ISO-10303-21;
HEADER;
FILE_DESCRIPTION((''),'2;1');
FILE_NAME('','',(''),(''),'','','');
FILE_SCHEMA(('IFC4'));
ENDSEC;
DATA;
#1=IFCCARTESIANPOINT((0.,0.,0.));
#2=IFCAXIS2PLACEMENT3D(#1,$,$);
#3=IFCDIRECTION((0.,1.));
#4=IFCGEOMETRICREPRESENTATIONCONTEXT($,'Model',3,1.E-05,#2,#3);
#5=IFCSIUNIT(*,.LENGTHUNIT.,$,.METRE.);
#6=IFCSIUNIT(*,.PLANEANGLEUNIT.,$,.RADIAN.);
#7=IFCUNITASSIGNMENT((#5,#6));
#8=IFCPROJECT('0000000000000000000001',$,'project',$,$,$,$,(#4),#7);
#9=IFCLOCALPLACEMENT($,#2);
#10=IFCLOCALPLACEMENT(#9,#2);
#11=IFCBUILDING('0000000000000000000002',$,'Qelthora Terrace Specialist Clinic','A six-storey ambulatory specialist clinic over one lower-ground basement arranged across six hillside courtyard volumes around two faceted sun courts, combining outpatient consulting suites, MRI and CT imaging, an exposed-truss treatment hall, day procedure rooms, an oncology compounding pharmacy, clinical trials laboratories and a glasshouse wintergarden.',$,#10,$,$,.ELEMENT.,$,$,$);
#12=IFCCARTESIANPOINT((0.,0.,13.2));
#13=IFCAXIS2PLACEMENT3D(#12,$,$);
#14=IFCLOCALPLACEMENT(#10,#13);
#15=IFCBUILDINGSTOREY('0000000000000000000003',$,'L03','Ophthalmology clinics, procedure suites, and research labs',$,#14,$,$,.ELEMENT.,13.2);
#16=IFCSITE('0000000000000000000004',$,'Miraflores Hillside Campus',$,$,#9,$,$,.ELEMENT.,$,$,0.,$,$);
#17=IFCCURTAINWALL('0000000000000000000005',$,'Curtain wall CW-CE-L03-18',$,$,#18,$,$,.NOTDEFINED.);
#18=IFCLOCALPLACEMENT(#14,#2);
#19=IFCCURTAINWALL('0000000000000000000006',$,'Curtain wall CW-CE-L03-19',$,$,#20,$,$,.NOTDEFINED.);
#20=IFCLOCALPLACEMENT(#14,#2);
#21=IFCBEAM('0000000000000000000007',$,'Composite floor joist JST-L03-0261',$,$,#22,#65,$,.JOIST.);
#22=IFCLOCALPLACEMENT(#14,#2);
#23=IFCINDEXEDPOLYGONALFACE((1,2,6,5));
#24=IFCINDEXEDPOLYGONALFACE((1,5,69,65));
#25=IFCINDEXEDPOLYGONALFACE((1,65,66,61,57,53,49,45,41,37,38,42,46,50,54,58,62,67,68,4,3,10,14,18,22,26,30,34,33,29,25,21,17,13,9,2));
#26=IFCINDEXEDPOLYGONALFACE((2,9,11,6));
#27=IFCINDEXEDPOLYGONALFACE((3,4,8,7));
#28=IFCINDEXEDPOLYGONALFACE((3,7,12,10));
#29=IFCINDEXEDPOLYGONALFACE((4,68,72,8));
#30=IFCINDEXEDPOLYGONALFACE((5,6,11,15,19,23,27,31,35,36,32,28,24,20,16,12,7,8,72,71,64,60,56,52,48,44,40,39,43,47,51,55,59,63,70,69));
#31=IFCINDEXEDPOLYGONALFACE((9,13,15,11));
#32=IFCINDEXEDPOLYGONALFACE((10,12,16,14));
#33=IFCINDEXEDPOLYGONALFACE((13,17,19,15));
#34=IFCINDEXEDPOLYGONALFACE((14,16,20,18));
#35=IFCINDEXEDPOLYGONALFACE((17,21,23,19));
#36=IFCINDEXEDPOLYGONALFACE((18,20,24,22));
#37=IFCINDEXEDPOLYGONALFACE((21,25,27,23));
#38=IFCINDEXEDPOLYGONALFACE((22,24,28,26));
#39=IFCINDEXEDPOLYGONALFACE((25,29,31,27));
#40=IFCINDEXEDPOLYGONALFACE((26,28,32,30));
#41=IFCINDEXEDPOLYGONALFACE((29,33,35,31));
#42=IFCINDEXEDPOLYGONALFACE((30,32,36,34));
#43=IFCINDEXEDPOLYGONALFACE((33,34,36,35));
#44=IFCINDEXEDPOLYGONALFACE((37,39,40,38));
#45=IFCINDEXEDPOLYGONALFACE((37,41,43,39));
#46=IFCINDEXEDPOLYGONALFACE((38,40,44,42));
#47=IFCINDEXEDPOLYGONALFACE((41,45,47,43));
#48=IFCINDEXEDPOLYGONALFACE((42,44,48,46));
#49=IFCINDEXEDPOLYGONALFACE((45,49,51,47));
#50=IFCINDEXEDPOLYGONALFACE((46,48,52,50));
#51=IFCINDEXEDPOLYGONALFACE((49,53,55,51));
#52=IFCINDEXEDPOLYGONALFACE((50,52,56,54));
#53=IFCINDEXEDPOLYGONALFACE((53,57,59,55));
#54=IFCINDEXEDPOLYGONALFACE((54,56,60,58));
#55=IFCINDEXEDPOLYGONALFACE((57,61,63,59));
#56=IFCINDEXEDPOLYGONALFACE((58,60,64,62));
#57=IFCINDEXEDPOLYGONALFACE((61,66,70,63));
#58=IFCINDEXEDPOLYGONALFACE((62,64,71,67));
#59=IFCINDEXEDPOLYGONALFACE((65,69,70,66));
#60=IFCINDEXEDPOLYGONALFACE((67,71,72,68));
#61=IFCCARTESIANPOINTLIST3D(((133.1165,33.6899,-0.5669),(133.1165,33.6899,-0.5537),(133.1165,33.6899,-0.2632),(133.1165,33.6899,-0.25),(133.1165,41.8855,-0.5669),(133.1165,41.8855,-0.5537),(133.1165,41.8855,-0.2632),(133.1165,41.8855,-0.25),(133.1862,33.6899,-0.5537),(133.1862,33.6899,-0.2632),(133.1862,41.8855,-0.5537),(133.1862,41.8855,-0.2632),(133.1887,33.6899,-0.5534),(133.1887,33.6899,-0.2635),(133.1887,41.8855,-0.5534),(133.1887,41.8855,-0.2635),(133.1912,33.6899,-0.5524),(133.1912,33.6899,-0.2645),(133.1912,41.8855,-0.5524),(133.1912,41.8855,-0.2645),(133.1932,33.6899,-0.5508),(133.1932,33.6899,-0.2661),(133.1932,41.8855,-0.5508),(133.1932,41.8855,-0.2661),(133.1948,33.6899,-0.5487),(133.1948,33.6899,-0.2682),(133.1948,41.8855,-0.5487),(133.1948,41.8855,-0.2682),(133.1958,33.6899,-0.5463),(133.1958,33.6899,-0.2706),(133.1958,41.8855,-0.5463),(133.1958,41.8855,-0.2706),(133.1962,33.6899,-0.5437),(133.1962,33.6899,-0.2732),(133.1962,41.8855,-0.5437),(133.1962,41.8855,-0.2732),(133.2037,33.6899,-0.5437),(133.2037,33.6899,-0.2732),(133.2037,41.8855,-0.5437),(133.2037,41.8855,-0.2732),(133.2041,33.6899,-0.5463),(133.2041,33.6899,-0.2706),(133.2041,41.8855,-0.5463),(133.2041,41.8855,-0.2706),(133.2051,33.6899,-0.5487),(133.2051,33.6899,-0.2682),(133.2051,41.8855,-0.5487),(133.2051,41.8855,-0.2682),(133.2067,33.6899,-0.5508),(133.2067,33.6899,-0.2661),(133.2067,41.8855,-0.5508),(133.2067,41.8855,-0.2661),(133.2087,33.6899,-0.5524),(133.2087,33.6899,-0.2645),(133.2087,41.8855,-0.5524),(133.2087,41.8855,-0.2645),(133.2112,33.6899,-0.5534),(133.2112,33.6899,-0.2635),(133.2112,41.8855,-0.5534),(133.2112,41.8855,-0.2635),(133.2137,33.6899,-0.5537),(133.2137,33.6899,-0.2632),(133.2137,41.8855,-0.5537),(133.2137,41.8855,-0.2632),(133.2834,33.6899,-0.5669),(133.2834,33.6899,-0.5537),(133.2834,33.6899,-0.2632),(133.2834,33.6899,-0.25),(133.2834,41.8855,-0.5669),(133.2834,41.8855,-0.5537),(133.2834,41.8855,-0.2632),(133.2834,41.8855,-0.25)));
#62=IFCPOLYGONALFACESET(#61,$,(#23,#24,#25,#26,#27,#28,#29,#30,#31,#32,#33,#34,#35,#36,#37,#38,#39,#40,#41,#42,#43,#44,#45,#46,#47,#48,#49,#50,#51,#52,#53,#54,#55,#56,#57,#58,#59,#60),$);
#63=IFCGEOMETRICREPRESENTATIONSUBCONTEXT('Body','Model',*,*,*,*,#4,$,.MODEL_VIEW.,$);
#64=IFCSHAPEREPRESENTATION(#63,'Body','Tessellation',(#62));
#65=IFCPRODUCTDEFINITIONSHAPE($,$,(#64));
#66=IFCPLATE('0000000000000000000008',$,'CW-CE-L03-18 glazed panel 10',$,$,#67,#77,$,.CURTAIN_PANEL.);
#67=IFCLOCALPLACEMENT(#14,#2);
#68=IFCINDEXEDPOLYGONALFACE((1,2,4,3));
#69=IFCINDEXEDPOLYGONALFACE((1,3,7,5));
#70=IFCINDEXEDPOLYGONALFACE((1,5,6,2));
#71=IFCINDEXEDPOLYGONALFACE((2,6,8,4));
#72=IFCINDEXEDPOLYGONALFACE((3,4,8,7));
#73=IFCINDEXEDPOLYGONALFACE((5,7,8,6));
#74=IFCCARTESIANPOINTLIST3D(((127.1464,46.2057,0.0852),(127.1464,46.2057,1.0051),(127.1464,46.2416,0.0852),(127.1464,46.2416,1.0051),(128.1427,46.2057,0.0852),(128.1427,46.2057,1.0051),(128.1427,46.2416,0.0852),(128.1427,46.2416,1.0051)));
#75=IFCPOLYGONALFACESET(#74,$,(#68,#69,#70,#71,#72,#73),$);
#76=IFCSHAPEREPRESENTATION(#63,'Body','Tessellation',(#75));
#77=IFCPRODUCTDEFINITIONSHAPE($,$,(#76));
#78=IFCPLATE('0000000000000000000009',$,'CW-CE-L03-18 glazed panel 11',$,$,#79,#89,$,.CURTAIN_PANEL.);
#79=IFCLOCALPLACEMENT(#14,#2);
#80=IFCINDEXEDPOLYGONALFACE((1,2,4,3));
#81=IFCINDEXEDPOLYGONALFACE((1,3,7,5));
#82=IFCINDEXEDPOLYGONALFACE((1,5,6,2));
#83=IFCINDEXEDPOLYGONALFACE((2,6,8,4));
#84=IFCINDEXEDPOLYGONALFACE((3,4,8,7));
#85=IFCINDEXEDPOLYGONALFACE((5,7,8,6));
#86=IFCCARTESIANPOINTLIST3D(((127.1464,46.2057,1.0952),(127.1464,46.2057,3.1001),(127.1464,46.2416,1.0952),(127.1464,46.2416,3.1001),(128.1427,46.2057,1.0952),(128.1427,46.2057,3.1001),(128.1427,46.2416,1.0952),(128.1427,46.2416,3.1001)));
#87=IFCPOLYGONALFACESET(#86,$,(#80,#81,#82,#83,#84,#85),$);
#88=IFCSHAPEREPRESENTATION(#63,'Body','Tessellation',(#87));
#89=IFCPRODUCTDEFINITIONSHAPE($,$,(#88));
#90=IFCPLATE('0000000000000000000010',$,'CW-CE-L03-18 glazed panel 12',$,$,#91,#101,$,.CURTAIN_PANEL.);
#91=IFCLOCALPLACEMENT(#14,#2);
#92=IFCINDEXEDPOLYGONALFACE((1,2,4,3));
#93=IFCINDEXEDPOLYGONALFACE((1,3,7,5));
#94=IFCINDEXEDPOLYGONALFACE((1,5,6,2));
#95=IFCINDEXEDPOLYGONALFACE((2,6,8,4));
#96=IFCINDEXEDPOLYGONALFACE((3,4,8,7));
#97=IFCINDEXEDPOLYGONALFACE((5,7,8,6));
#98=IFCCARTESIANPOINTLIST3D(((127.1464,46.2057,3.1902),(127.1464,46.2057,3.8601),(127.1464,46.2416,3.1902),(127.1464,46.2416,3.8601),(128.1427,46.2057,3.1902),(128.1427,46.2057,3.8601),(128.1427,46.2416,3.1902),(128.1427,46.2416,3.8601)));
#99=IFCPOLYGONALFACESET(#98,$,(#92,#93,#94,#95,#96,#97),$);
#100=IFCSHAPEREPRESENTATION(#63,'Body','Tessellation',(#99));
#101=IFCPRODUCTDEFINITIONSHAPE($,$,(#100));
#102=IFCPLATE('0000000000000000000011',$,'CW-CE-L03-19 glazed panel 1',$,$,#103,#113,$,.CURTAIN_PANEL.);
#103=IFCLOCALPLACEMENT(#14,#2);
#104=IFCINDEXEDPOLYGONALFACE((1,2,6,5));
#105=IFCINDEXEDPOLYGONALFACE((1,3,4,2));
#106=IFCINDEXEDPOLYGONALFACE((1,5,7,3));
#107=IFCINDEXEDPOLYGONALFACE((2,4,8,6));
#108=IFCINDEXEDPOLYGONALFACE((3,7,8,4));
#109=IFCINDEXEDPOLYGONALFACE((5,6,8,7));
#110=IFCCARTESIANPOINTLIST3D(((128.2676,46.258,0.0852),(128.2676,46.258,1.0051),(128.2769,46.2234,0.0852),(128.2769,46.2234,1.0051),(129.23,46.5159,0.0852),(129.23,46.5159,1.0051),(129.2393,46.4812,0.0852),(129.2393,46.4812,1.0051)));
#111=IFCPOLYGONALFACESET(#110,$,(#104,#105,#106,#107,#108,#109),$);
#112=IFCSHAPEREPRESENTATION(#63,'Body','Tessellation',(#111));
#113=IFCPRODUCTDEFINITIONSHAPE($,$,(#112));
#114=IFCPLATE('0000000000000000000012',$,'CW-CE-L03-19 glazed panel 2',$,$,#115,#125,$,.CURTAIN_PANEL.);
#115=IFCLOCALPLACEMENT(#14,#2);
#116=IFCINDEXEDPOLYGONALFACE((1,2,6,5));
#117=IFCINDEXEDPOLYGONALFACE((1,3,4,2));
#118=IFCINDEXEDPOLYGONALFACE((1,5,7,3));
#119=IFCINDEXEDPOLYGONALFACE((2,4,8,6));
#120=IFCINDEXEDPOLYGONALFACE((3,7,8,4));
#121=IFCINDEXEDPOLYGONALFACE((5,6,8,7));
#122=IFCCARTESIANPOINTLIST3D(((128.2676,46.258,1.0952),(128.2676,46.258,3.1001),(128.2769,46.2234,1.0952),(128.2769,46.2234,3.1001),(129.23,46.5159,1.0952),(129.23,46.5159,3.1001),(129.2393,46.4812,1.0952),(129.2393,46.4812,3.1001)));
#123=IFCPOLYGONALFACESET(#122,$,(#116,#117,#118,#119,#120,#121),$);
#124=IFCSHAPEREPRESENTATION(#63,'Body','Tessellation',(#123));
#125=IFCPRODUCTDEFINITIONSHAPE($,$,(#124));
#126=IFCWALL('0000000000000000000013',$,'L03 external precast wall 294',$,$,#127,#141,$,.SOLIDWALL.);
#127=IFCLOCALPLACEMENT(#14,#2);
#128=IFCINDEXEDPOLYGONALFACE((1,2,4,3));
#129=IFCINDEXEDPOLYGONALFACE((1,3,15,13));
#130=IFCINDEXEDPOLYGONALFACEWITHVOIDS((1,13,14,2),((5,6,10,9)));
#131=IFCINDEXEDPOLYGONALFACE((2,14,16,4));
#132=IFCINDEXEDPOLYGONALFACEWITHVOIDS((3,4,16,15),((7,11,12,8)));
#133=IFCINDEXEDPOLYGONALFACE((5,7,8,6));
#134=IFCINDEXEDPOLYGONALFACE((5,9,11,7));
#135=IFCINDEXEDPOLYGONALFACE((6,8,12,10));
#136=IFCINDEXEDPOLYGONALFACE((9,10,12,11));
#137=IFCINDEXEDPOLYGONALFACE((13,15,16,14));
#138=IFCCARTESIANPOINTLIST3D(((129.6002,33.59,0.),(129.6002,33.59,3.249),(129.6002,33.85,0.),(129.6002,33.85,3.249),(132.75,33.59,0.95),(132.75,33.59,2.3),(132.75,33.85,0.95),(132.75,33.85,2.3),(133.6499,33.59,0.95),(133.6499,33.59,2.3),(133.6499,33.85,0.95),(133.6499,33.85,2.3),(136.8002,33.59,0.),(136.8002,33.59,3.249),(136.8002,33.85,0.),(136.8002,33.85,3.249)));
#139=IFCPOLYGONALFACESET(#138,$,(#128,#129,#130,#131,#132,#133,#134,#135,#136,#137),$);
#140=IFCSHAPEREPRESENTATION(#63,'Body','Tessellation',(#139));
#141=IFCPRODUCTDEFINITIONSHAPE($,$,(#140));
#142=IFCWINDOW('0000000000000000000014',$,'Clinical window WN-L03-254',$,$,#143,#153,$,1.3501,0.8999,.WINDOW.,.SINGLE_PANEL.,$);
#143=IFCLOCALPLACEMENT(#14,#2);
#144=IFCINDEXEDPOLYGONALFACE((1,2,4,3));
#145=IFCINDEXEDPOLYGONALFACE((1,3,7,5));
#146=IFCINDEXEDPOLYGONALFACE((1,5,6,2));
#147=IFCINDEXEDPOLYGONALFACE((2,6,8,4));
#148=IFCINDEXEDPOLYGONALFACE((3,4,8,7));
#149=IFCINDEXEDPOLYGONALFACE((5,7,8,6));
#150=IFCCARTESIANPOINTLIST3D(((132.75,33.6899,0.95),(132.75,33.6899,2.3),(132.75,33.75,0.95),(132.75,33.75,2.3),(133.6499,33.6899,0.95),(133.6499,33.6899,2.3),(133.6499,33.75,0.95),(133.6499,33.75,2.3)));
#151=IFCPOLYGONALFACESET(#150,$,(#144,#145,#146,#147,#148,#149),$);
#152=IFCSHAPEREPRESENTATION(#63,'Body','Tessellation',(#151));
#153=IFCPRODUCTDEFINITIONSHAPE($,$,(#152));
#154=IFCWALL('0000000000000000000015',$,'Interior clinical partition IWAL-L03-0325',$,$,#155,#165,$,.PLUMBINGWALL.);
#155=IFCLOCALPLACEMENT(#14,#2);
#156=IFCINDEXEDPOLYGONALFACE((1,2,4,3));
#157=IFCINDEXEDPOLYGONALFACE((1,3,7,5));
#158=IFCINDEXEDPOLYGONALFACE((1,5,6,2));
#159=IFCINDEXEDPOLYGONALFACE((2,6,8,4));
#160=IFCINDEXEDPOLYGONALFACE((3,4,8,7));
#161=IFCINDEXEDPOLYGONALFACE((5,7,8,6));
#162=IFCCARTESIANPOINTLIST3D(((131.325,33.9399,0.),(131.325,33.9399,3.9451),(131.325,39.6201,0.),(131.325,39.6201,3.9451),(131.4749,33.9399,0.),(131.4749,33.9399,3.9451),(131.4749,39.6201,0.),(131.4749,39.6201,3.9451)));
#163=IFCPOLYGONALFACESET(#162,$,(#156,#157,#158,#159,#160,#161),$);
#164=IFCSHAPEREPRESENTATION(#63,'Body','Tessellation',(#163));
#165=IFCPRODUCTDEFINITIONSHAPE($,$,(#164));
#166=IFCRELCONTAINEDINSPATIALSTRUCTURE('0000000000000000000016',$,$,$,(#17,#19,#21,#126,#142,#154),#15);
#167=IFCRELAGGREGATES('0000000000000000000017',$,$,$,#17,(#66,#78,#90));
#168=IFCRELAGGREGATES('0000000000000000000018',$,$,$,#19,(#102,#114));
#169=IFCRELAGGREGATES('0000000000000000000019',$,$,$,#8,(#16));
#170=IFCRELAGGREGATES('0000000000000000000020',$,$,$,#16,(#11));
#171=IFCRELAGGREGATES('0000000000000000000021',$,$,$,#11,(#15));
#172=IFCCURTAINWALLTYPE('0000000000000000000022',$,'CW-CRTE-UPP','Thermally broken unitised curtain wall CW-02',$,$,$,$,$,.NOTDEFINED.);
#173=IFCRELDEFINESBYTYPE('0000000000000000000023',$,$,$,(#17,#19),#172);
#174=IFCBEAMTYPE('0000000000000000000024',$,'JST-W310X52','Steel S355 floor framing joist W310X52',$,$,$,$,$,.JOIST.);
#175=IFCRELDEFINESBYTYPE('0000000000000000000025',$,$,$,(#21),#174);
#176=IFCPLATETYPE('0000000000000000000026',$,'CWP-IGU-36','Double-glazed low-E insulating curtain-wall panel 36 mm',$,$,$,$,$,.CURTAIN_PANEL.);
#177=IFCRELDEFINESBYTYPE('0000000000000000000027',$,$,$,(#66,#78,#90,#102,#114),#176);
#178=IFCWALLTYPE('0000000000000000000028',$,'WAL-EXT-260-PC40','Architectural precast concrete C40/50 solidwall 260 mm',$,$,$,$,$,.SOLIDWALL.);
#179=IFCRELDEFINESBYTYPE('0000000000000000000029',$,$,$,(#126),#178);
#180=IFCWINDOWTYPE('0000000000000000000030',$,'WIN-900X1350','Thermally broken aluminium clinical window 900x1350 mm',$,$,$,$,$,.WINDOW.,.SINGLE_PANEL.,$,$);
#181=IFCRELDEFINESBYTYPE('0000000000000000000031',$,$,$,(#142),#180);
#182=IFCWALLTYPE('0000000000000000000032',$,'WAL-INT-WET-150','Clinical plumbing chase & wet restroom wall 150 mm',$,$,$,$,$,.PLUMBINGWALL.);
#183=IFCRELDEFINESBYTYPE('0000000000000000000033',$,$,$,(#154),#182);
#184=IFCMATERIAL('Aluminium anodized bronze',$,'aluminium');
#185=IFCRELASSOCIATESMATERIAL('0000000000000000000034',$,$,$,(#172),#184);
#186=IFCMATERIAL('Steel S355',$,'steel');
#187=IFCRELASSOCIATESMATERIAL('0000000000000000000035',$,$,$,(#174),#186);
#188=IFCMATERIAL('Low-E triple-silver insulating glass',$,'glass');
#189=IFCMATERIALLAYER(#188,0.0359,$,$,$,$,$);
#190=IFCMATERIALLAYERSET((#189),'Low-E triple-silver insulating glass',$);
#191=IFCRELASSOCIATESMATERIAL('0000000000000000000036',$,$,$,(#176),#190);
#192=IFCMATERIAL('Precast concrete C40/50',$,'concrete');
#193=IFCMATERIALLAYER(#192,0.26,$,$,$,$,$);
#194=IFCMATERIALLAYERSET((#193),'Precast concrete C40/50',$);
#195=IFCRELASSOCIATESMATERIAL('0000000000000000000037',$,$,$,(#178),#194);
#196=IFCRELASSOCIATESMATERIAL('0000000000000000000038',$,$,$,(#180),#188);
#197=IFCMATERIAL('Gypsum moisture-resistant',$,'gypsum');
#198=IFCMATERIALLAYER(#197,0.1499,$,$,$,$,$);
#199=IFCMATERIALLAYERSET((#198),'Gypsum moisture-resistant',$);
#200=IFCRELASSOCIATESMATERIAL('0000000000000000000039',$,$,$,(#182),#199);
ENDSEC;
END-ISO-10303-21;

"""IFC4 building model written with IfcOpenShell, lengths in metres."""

from ifc_helpers import new_model, si_unit, direction, frame, frame_2d, origin, origin_2d, place, context, subcontext, project, spatial, rectangle, i_section, extrude, material, layer, layer_set, material_profile, profile_set, type_object, element, fill, aggregate, save


model = new_model("IFC4")

# Units and contexts
model_context = context("Model", 3, precision=1e-05, world=origin(), true_north=direction((0.0, 1.0)))
body_context = subcontext(model_context, "Body", "Model", "MODEL_VIEW")
ifc_project = project(units=[si_unit("LENGTHUNIT", "METRE"), si_unit("PLANEANGLEUNIT", "RADIAN")], contexts=[model_context])

# Site, building, storey
site_placement = place(None, origin())
site = spatial("IfcSite", under=ifc_project, at=site_placement, Name="Miraflores Hillside Campus", CompositionType="ELEMENT", RefElevation=0.0)
building_placement = place(site_placement, origin())
building = spatial("IfcBuilding", under=site, at=building_placement, Name="Qelthora Terrace Specialist Clinic", Description="A six-storey ambulatory specialist clinic over one lower-ground basement arranged across six hillside courtyard volumes around two faceted sun courts, combining outpatient consulting suites, MRI and CT imaging, an exposed-truss treatment hall, day procedure rooms, an oncology compounding pharmacy, clinical trials laboratories and a glasshouse wintergarden.", CompositionType="ELEMENT")
storey_placement = place(building_placement, frame((0.0, 0.0, 13.2)))
storey = spatial("IfcBuildingStorey", under=building, at=storey_placement, Name="L03", Description="Ophthalmology clinics, procedure suites, and research labs", CompositionType="ELEMENT", Elevation=13.2)

# Shared definitions
ifc_material_1 = material(Name="Steel S355", Category="steel")

# Curtain wall
ifc_material_2 = material(Name="Aluminium anodized bronze", Category="aluminium")
curtain_wall_type = type_object("IfcCurtainWallType", Name="CW-CRTE-UPP", Description="Thermally broken unitised curtain wall CW-02", PredefinedType="NOTDEFINED", material=ifc_material_2)
curtain_wall_1_placement = place(storey_placement, origin())
curtain_wall_1 = element("IfcCurtainWall", 1, at=curtain_wall_1_placement, inside=storey, type_object=curtain_wall_type, Name="Curtain wall CW-CE-L03-18", PredefinedType="NOTDEFINED")

# Curtain wall
curtain_wall_2_placement = place(storey_placement, origin())
curtain_wall_2 = element("IfcCurtainWall", 2, at=curtain_wall_2_placement, inside=storey, type_object=curtain_wall_type, Name="Curtain wall CW-CE-L03-19", PredefinedType="NOTDEFINED")

# Beam
ifc_material_profile_1 = material_profile(ifc_material_1, i_section(OverallWidth=0.167, OverallDepth=0.3169, WebThickness=0.0076, FlangeThickness=0.0132, FilletRadius=0.01, at=origin_2d()), Name="W310X52")
ifc_profile_set_1 = profile_set([ifc_material_profile_1], Name="Steel S355")
beam_type_1 = type_object("IfcBeamType", Name="JST-W310X52", Description="Steel S355 floor framing joist W310X52", PredefinedType="JOIST", material=ifc_profile_set_1)
beam_1_placement = place(storey_placement, frame((133.2, 33.6899, -0.4084), z_axis=(0.0, 1.0, 0.0), x_axis=(-1.0, 0.0, 0.0)))
element("IfcBeam", 3, at=beam_1_placement, inside=storey, type_object=beam_type_1, Name="Composite floor joist JST-L03-0261", PredefinedType="JOIST", context=body_context, shape_type="SweptSolid", body=[
    extrude(i_section(OverallWidth=0.167, OverallDepth=0.3169, WebThickness=0.0076, FlangeThickness=0.0132, FilletRadius=0.01, at=origin_2d()), origin(), (0.0, 0.0, 1.0), 8.1956),
])

# Plates
ifc_material_3 = material(Name="Low-E triple-silver insulating glass", Category="glass")
ifc_layer_1 = layer(ifc_material_3, 0.0359)
ifc_layer_set_1 = layer_set([ifc_layer_1], Name="Low-E triple-silver insulating glass")
plate_type = type_object("IfcPlateType", Name="CWP-IGU-36", Description="Double-glazed low-E insulating curtain-wall panel 36 mm", PredefinedType="CURTAIN_PANEL", material=ifc_layer_set_1)
plate_1_placement = place(storey_placement, frame((127.6445, 46.2236, 0.0852), z_axis=(0.0, 0.0, 1.0), x_axis=(1.0, 0.0, 0.0)))
plate_1 = element("IfcPlate", 4, at=plate_1_placement, type_object=plate_type, Name="CW-CE-L03-18 glazed panel 10", PredefinedType="CURTAIN_PANEL", context=body_context, shape_type="SweptSolid", body=[
    extrude(rectangle(XDim=0.9963, YDim=0.0359, at=origin_2d()), origin(), (0.0, 0.0, 1.0), 0.9199),
])
plate_2_placement = place(storey_placement, frame((127.6445, 46.2236, 1.0952), z_axis=(0.0, 0.0, 1.0), x_axis=(1.0, 0.0, 0.0)))
plate_2 = element("IfcPlate", 5, at=plate_2_placement, type_object=plate_type, Name="CW-CE-L03-18 glazed panel 11", PredefinedType="CURTAIN_PANEL", context=body_context, shape_type="SweptSolid", body=[
    extrude(rectangle(XDim=0.9963, YDim=0.0359, at=origin_2d()), origin(), (0.0, 0.0, 1.0), 2.0049),
])
plate_3_placement = place(storey_placement, frame((127.6445, 46.2236, 3.1902), z_axis=(0.0, 0.0, 1.0), x_axis=(1.0, 0.0, 0.0)))
plate_3 = element("IfcPlate", 6, at=plate_3_placement, type_object=plate_type, Name="CW-CE-L03-18 glazed panel 12", PredefinedType="CURTAIN_PANEL", context=body_context, shape_type="SweptSolid", body=[
    extrude(rectangle(XDim=0.9963, YDim=0.0359, at=origin_2d()), origin(), (0.0, 0.0, 1.0), 0.6699),
])
aggregate(curtain_wall_1, [plate_1, plate_2, plate_3])
plate_4_placement = place(storey_placement, frame((128.7534, 46.3696, 0.0852), z_axis=(0.0, 0.0, 1.0), x_axis=(0.965926, 0.258819, 0.0)))
plate_4 = element("IfcPlate", 7, at=plate_4_placement, type_object=plate_type, Name="CW-CE-L03-19 glazed panel 1", PredefinedType="CURTAIN_PANEL", context=body_context, shape_type="SweptSolid", body=[
    extrude(rectangle(XDim=0.9963, YDim=0.0359, at=origin_2d()), origin(), (0.0, 0.0, 1.0), 0.9199),
])
plate_5_placement = place(storey_placement, frame((128.7534, 46.3696, 1.0952), z_axis=(0.0, 0.0, 1.0), x_axis=(0.965926, 0.258819, 0.0)))
plate_5 = element("IfcPlate", 8, at=plate_5_placement, type_object=plate_type, Name="CW-CE-L03-19 glazed panel 2", PredefinedType="CURTAIN_PANEL", context=body_context, shape_type="SweptSolid", body=[
    extrude(rectangle(XDim=0.9963, YDim=0.0359, at=origin_2d()), origin(), (0.0, 0.0, 1.0), 2.0049),
])
aggregate(curtain_wall_2, [plate_4, plate_5])

# Wall, opening, window
ifc_material_4 = material(Name="Precast concrete C40/50", Category="concrete")
ifc_layer_2 = layer(ifc_material_4, 0.26)
ifc_layer_set_2 = layer_set([ifc_layer_2], Name="Precast concrete C40/50")
wall_type_1 = type_object("IfcWallType", Name="WAL-EXT-260-PC40", Description="Architectural precast concrete C40/50 solidwall 260 mm", PredefinedType="SOLIDWALL", material=ifc_layer_set_2)
wall_1_placement = place(storey_placement, frame((129.6001, 33.72, 0.0), z_axis=(0.0, 0.0, 1.0), x_axis=(1.0, 0.0, 0.0)))
wall_1 = element("IfcWall", 9, at=wall_1_placement, inside=storey, type_object=wall_type_1, Name="L03 external precast wall 294", PredefinedType="SOLIDWALL", context=body_context, shape_type="SweptSolid", body=[
    extrude(rectangle(XDim=7.2, YDim=0.26, at=frame_2d((3.6001, 0.0))), origin(), (0.0, 0.0, 1.0), 3.249),
])
opening_1_placement = place(wall_1_placement, frame((3.1499, 0.0, 0.95)))
opening_1 = element("IfcOpeningElement", 10, at=opening_1_placement, cuts=wall_1, PredefinedType="OPENING", context=body_context, shape_type="SweptSolid", body=[
    extrude(rectangle(XDim=0.8999, YDim=1.3501, at=frame_2d((0.45, 0.675))), frame((0.0, 0.1399, 0.0), z_axis=(0.0, -1.0, 0.0), x_axis=(1.0, 0.0, 0.0)), (0.0, 0.0, 1.0), 0.28),
])
window_type = type_object("IfcWindowType", Name="WIN-900X1350", Description="Thermally broken aluminium clinical window 900x1350 mm", PartitioningType="SINGLE_PANEL", PredefinedType="WINDOW", material=ifc_material_3)
window_placement = place(opening_1_placement, origin())
window = element("IfcWindow", 11, at=window_placement, inside=storey, type_object=window_type, Name="Clinical window WN-L03-254", OverallHeight=1.3501, OverallWidth=0.8999, PartitioningType="SINGLE_PANEL", PredefinedType="WINDOW", context=body_context, shape_type="SweptSolid", body=[
    extrude(rectangle(XDim=0.8999, YDim=1.3501, at=frame_2d((0.45, 0.675))), frame((0.0, 0.03, 0.0), z_axis=(0.0, -1.0, 0.0), x_axis=(1.0, 0.0, 0.0)), (0.0, 0.0, 1.0), 0.0601),
])
fill(opening_1, window)

# Wall
ifc_material_5 = material(Name="Gypsum moisture-resistant", Category="gypsum")
ifc_layer_3 = layer(ifc_material_5, 0.1499)
ifc_layer_set_3 = layer_set([ifc_layer_3], Name="Gypsum moisture-resistant")
wall_type_2 = type_object("IfcWallType", Name="WAL-INT-WET-150", Description="Clinical plumbing chase & wet restroom wall 150 mm", PredefinedType="PLUMBINGWALL", material=ifc_layer_set_3)
wall_2_placement = place(storey_placement, frame((131.3999, 39.6201, 0.0), z_axis=(0.0, 0.0, 1.0), x_axis=(0.0, -1.0, 0.0)))
element("IfcWall", 12, at=wall_2_placement, inside=storey, type_object=wall_type_2, Name="Interior clinical partition IWAL-L03-0325", PredefinedType="PLUMBINGWALL", context=body_context, shape_type="SweptSolid", body=[
    extrude(rectangle(XDim=5.6802, YDim=0.1499, at=frame_2d((2.8401, 0.0))), origin(), (0.0, 0.0, 1.0), 3.9451),
])

save(model, "model.ifc")
